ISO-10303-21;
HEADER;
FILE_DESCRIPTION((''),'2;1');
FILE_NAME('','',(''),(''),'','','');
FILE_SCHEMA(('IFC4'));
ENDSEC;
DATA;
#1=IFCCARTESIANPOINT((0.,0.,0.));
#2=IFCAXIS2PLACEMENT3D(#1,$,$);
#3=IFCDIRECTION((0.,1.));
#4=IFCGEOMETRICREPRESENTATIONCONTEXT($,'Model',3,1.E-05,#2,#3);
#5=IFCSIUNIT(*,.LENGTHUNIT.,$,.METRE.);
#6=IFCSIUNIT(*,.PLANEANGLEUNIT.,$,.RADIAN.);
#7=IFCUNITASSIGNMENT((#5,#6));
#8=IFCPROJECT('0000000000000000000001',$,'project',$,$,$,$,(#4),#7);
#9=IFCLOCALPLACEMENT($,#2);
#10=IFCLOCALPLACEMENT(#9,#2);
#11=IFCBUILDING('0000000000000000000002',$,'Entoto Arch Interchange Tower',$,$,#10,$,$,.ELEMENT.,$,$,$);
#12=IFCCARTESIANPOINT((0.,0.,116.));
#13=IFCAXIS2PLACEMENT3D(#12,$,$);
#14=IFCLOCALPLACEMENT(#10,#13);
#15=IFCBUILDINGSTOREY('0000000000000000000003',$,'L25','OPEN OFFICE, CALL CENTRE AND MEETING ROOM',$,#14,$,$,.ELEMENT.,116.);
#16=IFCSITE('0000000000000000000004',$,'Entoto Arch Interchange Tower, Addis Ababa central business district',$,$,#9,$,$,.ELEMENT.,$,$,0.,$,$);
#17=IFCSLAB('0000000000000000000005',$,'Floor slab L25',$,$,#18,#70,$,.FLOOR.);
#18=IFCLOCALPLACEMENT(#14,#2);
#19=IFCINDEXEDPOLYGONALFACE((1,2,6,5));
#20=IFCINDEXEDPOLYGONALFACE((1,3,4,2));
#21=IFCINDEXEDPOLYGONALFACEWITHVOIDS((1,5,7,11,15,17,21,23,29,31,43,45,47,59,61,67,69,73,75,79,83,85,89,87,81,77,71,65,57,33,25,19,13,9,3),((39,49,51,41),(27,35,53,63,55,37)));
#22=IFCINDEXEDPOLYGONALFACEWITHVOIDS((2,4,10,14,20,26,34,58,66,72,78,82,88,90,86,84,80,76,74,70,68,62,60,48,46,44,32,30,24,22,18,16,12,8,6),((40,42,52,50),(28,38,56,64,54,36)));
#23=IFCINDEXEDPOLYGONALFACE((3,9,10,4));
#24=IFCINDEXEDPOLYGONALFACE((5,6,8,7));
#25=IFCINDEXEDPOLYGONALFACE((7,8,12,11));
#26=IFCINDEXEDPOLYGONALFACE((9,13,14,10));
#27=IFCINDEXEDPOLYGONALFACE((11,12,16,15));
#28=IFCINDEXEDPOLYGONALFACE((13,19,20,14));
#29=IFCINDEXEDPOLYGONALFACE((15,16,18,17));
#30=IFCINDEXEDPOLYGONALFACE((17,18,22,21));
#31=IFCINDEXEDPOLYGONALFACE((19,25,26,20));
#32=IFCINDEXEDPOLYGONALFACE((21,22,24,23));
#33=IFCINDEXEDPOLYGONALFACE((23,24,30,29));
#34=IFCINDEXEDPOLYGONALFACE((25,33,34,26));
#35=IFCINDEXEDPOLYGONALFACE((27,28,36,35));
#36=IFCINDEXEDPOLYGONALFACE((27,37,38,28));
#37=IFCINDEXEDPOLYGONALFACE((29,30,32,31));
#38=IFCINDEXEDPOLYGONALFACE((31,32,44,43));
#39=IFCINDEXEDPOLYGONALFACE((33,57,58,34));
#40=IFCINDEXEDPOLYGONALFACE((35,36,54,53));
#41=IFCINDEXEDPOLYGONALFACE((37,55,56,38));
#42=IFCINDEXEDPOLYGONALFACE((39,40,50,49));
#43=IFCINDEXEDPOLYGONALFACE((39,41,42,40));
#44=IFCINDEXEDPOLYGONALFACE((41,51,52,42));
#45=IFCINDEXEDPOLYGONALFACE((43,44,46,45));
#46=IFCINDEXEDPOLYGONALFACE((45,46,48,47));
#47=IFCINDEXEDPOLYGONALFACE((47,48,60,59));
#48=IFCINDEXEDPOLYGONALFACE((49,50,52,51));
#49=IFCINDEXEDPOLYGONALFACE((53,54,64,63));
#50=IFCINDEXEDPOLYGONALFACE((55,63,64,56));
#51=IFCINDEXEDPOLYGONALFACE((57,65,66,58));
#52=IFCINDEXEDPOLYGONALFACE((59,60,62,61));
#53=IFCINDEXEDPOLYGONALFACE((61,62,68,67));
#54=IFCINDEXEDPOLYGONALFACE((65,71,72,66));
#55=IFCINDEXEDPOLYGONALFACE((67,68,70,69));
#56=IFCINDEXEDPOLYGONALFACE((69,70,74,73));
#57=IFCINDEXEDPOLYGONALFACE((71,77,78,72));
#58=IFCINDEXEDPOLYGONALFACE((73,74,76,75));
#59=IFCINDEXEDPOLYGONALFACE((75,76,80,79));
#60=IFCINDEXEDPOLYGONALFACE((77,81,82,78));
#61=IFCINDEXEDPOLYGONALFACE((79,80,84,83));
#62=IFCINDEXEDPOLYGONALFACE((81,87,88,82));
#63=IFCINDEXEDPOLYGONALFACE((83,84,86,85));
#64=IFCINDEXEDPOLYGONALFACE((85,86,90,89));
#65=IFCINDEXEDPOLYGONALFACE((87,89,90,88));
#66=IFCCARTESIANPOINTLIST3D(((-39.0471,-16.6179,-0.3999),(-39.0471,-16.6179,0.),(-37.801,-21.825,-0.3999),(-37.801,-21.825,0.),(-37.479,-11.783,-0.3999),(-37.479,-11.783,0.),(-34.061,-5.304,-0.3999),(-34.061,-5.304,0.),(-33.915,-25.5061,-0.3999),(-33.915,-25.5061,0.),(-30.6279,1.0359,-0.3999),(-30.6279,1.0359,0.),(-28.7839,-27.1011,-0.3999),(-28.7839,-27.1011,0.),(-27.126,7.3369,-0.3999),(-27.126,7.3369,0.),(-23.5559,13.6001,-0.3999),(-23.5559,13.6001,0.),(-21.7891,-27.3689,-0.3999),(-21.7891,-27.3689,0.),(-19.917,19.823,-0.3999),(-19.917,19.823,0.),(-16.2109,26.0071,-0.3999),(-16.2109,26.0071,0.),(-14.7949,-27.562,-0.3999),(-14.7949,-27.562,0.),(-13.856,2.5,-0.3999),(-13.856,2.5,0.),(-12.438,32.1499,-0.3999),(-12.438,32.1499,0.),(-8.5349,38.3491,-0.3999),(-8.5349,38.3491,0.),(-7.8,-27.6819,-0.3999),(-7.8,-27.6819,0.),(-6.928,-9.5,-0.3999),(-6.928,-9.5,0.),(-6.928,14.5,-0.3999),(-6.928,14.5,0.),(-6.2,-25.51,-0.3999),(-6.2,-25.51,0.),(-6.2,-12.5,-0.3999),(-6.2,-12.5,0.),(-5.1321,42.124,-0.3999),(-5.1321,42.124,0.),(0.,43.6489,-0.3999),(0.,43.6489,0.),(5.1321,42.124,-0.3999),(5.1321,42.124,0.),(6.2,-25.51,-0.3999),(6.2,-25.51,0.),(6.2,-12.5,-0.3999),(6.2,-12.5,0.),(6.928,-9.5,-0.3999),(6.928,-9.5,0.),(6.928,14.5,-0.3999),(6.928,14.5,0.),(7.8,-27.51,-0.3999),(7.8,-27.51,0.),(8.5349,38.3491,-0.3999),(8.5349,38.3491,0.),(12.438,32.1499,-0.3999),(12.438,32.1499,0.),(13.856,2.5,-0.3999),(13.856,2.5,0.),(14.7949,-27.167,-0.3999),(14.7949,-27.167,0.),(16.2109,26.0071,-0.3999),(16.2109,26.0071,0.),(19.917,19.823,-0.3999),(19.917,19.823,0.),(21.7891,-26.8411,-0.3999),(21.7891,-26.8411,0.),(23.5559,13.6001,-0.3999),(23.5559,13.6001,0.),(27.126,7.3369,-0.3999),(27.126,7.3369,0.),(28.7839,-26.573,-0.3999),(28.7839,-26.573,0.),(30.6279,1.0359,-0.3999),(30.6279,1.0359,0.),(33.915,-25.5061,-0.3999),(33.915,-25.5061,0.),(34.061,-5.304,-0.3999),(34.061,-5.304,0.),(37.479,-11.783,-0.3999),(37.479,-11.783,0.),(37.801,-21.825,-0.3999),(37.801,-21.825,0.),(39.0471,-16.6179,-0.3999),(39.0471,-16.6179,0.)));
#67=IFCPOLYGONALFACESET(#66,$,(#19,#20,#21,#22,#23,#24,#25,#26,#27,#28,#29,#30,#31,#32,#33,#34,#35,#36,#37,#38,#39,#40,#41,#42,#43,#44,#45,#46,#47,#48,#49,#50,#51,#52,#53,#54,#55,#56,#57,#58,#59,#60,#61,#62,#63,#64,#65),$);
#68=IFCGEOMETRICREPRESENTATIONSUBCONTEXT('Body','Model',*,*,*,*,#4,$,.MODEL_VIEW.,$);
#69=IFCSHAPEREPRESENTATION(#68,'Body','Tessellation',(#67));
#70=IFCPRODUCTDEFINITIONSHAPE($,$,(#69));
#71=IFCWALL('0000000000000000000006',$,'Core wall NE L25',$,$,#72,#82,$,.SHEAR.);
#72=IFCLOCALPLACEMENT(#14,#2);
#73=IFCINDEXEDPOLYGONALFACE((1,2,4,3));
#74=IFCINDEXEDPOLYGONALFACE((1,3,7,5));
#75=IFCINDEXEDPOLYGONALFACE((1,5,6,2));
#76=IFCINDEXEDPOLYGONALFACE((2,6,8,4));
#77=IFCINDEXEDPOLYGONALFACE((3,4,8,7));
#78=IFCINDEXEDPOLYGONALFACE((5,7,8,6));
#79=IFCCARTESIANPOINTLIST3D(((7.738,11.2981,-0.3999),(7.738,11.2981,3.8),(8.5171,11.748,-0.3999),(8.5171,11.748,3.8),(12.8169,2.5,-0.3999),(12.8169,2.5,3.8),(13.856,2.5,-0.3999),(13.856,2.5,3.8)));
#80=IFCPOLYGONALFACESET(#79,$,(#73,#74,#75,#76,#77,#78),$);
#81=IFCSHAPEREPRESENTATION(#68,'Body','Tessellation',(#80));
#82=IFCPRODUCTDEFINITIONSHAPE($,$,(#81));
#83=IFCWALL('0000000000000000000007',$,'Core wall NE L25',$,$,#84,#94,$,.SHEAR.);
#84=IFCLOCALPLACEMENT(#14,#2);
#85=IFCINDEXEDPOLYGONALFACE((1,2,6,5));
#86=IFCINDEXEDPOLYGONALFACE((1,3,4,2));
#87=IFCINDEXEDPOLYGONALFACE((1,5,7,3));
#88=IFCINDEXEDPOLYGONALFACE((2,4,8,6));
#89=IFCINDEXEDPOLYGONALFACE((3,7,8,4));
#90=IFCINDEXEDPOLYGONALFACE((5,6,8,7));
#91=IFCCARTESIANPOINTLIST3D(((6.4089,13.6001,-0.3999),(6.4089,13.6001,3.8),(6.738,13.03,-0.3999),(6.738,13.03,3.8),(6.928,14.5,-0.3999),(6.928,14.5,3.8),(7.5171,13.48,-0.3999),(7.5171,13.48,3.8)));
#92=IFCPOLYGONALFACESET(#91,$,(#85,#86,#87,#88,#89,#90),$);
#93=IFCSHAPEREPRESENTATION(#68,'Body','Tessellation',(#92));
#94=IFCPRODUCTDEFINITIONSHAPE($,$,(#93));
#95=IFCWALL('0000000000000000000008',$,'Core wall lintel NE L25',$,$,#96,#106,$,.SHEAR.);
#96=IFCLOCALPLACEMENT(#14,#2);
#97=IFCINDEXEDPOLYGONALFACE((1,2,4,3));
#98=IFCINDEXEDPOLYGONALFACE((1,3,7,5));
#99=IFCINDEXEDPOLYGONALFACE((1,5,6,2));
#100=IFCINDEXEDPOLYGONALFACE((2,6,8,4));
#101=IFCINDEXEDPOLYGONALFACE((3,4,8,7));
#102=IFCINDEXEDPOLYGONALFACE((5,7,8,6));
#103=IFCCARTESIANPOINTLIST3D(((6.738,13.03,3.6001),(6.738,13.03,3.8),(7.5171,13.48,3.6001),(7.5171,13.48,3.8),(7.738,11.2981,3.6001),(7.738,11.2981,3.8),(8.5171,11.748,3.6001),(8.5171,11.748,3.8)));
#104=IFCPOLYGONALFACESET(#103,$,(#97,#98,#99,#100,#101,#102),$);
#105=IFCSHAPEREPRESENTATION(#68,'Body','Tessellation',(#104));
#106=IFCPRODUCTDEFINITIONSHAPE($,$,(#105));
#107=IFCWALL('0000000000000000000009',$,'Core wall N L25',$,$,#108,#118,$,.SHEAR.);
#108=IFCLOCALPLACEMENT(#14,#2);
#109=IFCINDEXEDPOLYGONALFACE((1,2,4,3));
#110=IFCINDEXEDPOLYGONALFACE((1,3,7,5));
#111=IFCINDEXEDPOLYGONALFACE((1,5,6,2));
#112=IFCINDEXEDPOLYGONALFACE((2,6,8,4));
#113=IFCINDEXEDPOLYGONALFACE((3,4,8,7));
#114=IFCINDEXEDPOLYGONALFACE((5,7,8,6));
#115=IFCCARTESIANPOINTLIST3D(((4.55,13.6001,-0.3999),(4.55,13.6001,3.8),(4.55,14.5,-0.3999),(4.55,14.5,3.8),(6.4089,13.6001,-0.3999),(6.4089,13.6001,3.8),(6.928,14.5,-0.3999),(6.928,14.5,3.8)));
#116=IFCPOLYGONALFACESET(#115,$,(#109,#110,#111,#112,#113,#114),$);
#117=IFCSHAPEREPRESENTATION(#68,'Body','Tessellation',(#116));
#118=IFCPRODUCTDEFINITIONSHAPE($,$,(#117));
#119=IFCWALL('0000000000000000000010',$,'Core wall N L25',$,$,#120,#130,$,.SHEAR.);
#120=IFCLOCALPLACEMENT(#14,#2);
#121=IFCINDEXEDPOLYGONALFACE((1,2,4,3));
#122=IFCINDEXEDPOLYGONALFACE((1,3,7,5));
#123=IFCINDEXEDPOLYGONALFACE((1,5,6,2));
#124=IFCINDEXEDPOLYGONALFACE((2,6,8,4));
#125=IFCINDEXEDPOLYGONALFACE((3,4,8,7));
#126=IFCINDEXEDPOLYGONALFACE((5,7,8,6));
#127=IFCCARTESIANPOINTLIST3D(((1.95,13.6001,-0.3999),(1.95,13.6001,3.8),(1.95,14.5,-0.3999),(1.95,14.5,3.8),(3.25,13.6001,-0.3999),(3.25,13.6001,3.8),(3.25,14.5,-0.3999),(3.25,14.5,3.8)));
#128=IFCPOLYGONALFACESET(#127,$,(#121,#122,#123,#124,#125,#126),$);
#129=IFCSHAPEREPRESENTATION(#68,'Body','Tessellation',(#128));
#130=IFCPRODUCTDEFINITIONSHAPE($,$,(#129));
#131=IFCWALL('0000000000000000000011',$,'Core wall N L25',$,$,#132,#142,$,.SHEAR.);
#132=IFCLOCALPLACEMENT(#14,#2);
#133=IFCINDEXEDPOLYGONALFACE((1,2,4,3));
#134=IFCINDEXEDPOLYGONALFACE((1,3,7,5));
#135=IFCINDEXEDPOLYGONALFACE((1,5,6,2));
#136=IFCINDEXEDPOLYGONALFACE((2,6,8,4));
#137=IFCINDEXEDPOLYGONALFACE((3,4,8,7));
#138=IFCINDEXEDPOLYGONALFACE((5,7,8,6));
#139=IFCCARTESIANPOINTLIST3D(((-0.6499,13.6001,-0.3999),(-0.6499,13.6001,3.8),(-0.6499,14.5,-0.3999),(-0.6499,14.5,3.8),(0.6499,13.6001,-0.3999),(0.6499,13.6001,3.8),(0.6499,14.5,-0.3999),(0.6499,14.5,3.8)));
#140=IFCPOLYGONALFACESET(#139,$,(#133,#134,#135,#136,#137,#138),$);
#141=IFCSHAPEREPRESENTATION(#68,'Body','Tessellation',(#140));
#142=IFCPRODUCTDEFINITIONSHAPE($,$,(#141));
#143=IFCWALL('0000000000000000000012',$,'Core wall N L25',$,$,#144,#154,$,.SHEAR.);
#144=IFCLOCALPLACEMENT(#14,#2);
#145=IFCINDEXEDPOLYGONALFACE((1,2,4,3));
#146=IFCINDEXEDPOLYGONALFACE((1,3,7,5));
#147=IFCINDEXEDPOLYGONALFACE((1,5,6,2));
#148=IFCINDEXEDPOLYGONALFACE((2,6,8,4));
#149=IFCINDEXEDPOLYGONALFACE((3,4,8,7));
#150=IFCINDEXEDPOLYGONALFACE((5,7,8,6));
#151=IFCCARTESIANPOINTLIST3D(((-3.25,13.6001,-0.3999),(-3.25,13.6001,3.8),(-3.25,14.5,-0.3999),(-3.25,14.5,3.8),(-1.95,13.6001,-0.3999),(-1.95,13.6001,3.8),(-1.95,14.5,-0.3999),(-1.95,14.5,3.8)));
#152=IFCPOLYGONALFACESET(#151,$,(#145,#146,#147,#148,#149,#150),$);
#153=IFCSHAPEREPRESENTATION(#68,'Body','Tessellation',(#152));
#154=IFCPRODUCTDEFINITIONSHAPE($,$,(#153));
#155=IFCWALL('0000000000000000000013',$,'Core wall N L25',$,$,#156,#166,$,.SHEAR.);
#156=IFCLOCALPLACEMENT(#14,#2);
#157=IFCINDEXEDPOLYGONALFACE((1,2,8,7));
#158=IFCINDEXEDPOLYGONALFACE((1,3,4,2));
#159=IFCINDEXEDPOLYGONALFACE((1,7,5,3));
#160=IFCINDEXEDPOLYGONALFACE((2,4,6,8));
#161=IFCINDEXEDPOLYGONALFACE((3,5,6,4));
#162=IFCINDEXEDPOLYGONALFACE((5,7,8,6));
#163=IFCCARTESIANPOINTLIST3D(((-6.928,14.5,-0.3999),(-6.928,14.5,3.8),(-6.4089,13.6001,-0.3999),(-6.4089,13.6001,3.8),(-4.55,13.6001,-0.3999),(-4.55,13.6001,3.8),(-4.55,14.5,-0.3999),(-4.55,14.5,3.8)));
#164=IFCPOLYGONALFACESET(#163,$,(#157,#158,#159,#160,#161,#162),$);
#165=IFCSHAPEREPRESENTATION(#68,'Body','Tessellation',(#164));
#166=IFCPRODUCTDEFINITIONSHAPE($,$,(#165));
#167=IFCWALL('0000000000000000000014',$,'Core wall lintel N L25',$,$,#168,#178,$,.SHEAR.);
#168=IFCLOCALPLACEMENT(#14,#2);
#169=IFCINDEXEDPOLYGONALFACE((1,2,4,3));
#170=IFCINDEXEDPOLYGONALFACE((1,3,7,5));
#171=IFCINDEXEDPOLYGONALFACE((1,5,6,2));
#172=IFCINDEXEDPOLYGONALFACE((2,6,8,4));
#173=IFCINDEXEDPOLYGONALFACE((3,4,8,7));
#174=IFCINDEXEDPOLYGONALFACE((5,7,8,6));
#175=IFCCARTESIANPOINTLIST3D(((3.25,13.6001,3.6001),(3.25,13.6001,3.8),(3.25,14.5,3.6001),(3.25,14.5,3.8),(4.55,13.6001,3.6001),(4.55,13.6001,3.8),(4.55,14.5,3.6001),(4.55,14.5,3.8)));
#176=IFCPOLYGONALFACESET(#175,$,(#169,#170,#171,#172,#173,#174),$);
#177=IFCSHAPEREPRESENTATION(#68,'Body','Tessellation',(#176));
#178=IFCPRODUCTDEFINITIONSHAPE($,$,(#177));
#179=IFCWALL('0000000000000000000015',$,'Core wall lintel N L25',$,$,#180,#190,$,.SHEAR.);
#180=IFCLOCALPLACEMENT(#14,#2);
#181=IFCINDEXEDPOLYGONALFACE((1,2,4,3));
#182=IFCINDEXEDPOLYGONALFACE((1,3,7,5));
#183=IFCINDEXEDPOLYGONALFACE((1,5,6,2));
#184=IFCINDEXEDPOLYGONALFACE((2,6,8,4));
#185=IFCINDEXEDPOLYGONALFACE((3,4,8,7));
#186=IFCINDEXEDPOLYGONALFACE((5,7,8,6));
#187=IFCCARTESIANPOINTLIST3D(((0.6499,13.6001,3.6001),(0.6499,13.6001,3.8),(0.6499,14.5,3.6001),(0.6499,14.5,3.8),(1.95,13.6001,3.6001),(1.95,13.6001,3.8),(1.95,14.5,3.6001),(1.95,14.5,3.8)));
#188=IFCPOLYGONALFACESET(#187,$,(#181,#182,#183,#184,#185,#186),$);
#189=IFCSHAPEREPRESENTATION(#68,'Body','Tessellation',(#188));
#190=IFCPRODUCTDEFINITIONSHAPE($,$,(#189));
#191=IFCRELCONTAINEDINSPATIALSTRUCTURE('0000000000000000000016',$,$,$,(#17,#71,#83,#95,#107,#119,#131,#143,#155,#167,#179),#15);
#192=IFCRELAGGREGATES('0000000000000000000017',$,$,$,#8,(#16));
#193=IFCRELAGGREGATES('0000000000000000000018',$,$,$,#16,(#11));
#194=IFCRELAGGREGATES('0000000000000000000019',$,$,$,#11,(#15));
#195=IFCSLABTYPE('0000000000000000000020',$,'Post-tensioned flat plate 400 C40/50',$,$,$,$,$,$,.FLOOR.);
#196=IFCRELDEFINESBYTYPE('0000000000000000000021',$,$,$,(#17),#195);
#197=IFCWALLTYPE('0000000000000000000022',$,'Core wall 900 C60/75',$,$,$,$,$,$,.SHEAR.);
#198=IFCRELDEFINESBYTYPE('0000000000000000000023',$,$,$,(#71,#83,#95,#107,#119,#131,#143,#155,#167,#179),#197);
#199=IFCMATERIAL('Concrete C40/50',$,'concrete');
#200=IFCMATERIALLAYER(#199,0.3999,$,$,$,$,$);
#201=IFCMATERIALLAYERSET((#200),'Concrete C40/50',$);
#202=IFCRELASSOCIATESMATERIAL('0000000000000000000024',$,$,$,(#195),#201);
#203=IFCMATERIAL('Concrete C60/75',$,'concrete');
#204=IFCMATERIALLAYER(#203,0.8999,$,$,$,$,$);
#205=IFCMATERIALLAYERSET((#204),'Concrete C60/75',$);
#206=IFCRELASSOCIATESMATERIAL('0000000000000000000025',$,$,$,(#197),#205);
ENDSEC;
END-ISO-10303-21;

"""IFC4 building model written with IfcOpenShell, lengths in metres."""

from ifc_helpers import new_model, si_unit, direction, frame, origin, place, context, subcontext, project, spatial, polyline, outline, extrude, material, layer, layer_set, type_object, element, save


model = new_model("IFC4")

# Units and contexts
model_context = context("Model", 3, precision=1e-05, world=origin(), true_north=direction((0.0, 1.0)))
body_context = subcontext(model_context, "Body", "Model", "MODEL_VIEW")
ifc_project = project(units=[si_unit("LENGTHUNIT", "METRE"), si_unit("PLANEANGLEUNIT", "RADIAN")], contexts=[model_context])

# Site, building, storey
site_placement = place(None, origin())
site = spatial("IfcSite", under=ifc_project, at=site_placement, Name="Entoto Arch Interchange Tower, Addis Ababa central business district", CompositionType="ELEMENT", RefElevation=0.0)
building_placement = place(site_placement, origin())
building = spatial("IfcBuilding", under=site, at=building_placement, Name="Entoto Arch Interchange Tower", CompositionType="ELEMENT")
storey_placement = place(building_placement, frame((0.0, 0.0, 116.0)))
storey = spatial("IfcBuildingStorey", under=building, at=storey_placement, Name="L25", Description="OPEN OFFICE, CALL CENTRE AND MEETING ROOM", CompositionType="ELEMENT", Elevation=116.0)

# Slab
ifc_material_1 = material(Name="Concrete C40/50", Category="concrete")
ifc_layer_1 = layer(ifc_material_1, 0.3999)
ifc_layer_set_1 = layer_set([ifc_layer_1], Name="Concrete C40/50")
slab_type = type_object("IfcSlabType", Name="Post-tensioned flat plate 400 C40/50", PredefinedType="FLOOR", material=ifc_layer_set_1)
slab_placement = place(storey_placement, frame((0.0, 0.0, -0.3999)))
element("IfcSlab", 1, at=slab_placement, inside=storey, type_object=slab_type, Name="Floor slab L25", PredefinedType="FLOOR", context=body_context, shape_type="SweptSolid", body=[
    extrude(outline(polyline([(-28.7839, -27.1011), (-21.7891, -27.3689), (-14.7949, -27.562), (-7.8, -27.6819), (7.8, -27.51), (14.7949, -27.167), (21.7891, -26.8411), (28.7839, -26.573), (33.915, -25.5061), (37.801, -21.825), (39.0471, -16.6179), (37.479, -11.783), (34.061, -5.304), (30.6279, 1.0359), (27.126, 7.3369), (23.5559, 13.6001), (19.917, 19.823), (16.2109, 26.0071), (12.438, 32.1499), (8.5349, 38.3491), (5.1321, 42.124), (0.0, 43.6489), (-5.1321, 42.124), (-8.5349, 38.3491), (-12.438, 32.1499), (-16.2109, 26.0071), (-19.917, 19.823), (-23.5559, 13.6001), (-27.126, 7.3369), (-30.6279, 1.0359), (-34.061, -5.304), (-37.479, -11.783), (-39.0471, -16.6179), (-37.801, -21.825), (-33.915, -25.5061), (-28.7839, -27.1011)]), holes=[polyline([(6.2, -25.51), (6.2, -12.5), (-6.2, -12.5), (-6.2, -25.51), (6.2, -25.51)]), polyline([(13.856, 2.5), (6.928, 14.5), (-6.928, 14.5), (-13.856, 2.5), (-6.928, -9.5), (6.928, -9.5), (13.856, 2.5)])]), origin(), (0.0, 0.0, 1.0), 0.3999),
])

# Walls
ifc_material_2 = material(Name="Concrete C60/75", Category="concrete")
ifc_layer_2 = layer(ifc_material_2, 0.8999)
ifc_layer_set_2 = layer_set([ifc_layer_2], Name="Concrete C60/75")
wall_type_1 = type_object("IfcWallType", Name="Core wall 900 C60/75", PredefinedType="SHEAR", material=ifc_layer_set_2)
wall_1_placement = place(storey_placement, frame((0.0, 0.0, -0.3999)))
element("IfcWall", 2, at=wall_1_placement, inside=storey, type_object=wall_type_1, Name="Core wall NE L25", PredefinedType="SHEAR", context=body_context, shape_type="SweptSolid", body=[
    extrude(outline(polyline([(8.5171, 11.748), (7.738, 11.2981), (12.8169, 2.5), (13.856, 2.5), (8.5171, 11.748)])), origin(), (0.0, 0.0, 1.0), 4.2),
])
wall_2_placement = place(storey_placement, frame((0.0, 0.0, -0.3999)))
element("IfcWall", 3, at=wall_2_placement, inside=storey, type_object=wall_type_1, Name="Core wall NE L25", PredefinedType="SHEAR", context=body_context, shape_type="SweptSolid", body=[
    extrude(outline(polyline([(6.738, 13.03), (7.5171, 13.48), (6.928, 14.5), (6.4089, 13.6001), (6.738, 13.03)])), origin(), (0.0, 0.0, 1.0), 4.2),
])
wall_3_placement = place(storey_placement, frame((0.0, 0.0, 3.6001)))
element("IfcWall", 4, at=wall_3_placement, inside=storey, type_object=wall_type_1, Name="Core wall lintel NE L25", PredefinedType="SHEAR", context=body_context, shape_type="SweptSolid", body=[
    extrude(outline(polyline([(7.5171, 13.48), (6.738, 13.03), (7.738, 11.2981), (8.5171, 11.748), (7.5171, 13.48)])), origin(), (0.0, 0.0, 1.0), 0.2),
])
wall_4_placement = place(storey_placement, frame((0.0, 0.0, -0.3999)))
element("IfcWall", 5, at=wall_4_placement, inside=storey, type_object=wall_type_1, Name="Core wall N L25", PredefinedType="SHEAR", context=body_context, shape_type="SweptSolid", body=[
    extrude(outline(polyline([(4.55, 14.5), (4.55, 13.6001), (6.4089, 13.6001), (6.928, 14.5), (4.55, 14.5)])), origin(), (0.0, 0.0, 1.0), 4.2),
])
wall_5_placement = place(storey_placement, frame((0.0, 0.0, -0.3999)))
element("IfcWall", 6, at=wall_5_placement, inside=storey, type_object=wall_type_1, Name="Core wall N L25", PredefinedType="SHEAR", context=body_context, shape_type="SweptSolid", body=[
    extrude(outline(polyline([(1.95, 14.5), (1.95, 13.6001), (3.25, 13.6001), (3.25, 14.5), (1.95, 14.5)])), origin(), (0.0, 0.0, 1.0), 4.2),
])
wall_6_placement = place(storey_placement, frame((0.0, 0.0, -0.3999)))
element("IfcWall", 7, at=wall_6_placement, inside=storey, type_object=wall_type_1, Name="Core wall N L25", PredefinedType="SHEAR", context=body_context, shape_type="SweptSolid", body=[
    extrude(outline(polyline([(-0.6499, 14.5), (-0.6499, 13.6001), (0.6499, 13.6001), (0.6499, 14.5), (-0.6499, 14.5)])), origin(), (0.0, 0.0, 1.0), 4.2),
])
wall_7_placement = place(storey_placement, frame((0.0, 0.0, -0.3999)))
element("IfcWall", 8, at=wall_7_placement, inside=storey, type_object=wall_type_1, Name="Core wall N L25", PredefinedType="SHEAR", context=body_context, shape_type="SweptSolid", body=[
    extrude(outline(polyline([(-3.25, 14.5), (-3.25, 13.6001), (-1.95, 13.6001), (-1.95, 14.5), (-3.25, 14.5)])), origin(), (0.0, 0.0, 1.0), 4.2),
])
wall_8_placement = place(storey_placement, frame((0.0, 0.0, -0.3999)))
element("IfcWall", 9, at=wall_8_placement, inside=storey, type_object=wall_type_1, Name="Core wall N L25", PredefinedType="SHEAR", context=body_context, shape_type="SweptSolid", body=[
    extrude(outline(polyline([(-4.55, 13.6001), (-4.55, 14.5), (-6.928, 14.5), (-6.4089, 13.6001), (-4.55, 13.6001)])), origin(), (0.0, 0.0, 1.0), 4.2),
])
wall_9_placement = place(storey_placement, frame((0.0, 0.0, 3.6001)))
element("IfcWall", 10, at=wall_9_placement, inside=storey, type_object=wall_type_1, Name="Core wall lintel N L25", PredefinedType="SHEAR", context=body_context, shape_type="SweptSolid", body=[
    extrude(outline(polyline([(3.25, 14.5), (3.25, 13.6001), (4.55, 13.6001), (4.55, 14.5), (3.25, 14.5)])), origin(), (0.0, 0.0, 1.0), 0.2),
])
wall_10_placement = place(storey_placement, frame((0.0, 0.0, 3.6001)))
element("IfcWall", 11, at=wall_10_placement, inside=storey, type_object=wall_type_1, Name="Core wall lintel N L25", PredefinedType="SHEAR", context=body_context, shape_type="SweptSolid", body=[
    extrude(outline(polyline([(0.6499, 14.5), (0.6499, 13.6001), (1.95, 13.6001), (1.95, 14.5), (0.6499, 14.5)])), origin(), (0.0, 0.0, 1.0), 0.2),
])

save(model, "model.ifc")
